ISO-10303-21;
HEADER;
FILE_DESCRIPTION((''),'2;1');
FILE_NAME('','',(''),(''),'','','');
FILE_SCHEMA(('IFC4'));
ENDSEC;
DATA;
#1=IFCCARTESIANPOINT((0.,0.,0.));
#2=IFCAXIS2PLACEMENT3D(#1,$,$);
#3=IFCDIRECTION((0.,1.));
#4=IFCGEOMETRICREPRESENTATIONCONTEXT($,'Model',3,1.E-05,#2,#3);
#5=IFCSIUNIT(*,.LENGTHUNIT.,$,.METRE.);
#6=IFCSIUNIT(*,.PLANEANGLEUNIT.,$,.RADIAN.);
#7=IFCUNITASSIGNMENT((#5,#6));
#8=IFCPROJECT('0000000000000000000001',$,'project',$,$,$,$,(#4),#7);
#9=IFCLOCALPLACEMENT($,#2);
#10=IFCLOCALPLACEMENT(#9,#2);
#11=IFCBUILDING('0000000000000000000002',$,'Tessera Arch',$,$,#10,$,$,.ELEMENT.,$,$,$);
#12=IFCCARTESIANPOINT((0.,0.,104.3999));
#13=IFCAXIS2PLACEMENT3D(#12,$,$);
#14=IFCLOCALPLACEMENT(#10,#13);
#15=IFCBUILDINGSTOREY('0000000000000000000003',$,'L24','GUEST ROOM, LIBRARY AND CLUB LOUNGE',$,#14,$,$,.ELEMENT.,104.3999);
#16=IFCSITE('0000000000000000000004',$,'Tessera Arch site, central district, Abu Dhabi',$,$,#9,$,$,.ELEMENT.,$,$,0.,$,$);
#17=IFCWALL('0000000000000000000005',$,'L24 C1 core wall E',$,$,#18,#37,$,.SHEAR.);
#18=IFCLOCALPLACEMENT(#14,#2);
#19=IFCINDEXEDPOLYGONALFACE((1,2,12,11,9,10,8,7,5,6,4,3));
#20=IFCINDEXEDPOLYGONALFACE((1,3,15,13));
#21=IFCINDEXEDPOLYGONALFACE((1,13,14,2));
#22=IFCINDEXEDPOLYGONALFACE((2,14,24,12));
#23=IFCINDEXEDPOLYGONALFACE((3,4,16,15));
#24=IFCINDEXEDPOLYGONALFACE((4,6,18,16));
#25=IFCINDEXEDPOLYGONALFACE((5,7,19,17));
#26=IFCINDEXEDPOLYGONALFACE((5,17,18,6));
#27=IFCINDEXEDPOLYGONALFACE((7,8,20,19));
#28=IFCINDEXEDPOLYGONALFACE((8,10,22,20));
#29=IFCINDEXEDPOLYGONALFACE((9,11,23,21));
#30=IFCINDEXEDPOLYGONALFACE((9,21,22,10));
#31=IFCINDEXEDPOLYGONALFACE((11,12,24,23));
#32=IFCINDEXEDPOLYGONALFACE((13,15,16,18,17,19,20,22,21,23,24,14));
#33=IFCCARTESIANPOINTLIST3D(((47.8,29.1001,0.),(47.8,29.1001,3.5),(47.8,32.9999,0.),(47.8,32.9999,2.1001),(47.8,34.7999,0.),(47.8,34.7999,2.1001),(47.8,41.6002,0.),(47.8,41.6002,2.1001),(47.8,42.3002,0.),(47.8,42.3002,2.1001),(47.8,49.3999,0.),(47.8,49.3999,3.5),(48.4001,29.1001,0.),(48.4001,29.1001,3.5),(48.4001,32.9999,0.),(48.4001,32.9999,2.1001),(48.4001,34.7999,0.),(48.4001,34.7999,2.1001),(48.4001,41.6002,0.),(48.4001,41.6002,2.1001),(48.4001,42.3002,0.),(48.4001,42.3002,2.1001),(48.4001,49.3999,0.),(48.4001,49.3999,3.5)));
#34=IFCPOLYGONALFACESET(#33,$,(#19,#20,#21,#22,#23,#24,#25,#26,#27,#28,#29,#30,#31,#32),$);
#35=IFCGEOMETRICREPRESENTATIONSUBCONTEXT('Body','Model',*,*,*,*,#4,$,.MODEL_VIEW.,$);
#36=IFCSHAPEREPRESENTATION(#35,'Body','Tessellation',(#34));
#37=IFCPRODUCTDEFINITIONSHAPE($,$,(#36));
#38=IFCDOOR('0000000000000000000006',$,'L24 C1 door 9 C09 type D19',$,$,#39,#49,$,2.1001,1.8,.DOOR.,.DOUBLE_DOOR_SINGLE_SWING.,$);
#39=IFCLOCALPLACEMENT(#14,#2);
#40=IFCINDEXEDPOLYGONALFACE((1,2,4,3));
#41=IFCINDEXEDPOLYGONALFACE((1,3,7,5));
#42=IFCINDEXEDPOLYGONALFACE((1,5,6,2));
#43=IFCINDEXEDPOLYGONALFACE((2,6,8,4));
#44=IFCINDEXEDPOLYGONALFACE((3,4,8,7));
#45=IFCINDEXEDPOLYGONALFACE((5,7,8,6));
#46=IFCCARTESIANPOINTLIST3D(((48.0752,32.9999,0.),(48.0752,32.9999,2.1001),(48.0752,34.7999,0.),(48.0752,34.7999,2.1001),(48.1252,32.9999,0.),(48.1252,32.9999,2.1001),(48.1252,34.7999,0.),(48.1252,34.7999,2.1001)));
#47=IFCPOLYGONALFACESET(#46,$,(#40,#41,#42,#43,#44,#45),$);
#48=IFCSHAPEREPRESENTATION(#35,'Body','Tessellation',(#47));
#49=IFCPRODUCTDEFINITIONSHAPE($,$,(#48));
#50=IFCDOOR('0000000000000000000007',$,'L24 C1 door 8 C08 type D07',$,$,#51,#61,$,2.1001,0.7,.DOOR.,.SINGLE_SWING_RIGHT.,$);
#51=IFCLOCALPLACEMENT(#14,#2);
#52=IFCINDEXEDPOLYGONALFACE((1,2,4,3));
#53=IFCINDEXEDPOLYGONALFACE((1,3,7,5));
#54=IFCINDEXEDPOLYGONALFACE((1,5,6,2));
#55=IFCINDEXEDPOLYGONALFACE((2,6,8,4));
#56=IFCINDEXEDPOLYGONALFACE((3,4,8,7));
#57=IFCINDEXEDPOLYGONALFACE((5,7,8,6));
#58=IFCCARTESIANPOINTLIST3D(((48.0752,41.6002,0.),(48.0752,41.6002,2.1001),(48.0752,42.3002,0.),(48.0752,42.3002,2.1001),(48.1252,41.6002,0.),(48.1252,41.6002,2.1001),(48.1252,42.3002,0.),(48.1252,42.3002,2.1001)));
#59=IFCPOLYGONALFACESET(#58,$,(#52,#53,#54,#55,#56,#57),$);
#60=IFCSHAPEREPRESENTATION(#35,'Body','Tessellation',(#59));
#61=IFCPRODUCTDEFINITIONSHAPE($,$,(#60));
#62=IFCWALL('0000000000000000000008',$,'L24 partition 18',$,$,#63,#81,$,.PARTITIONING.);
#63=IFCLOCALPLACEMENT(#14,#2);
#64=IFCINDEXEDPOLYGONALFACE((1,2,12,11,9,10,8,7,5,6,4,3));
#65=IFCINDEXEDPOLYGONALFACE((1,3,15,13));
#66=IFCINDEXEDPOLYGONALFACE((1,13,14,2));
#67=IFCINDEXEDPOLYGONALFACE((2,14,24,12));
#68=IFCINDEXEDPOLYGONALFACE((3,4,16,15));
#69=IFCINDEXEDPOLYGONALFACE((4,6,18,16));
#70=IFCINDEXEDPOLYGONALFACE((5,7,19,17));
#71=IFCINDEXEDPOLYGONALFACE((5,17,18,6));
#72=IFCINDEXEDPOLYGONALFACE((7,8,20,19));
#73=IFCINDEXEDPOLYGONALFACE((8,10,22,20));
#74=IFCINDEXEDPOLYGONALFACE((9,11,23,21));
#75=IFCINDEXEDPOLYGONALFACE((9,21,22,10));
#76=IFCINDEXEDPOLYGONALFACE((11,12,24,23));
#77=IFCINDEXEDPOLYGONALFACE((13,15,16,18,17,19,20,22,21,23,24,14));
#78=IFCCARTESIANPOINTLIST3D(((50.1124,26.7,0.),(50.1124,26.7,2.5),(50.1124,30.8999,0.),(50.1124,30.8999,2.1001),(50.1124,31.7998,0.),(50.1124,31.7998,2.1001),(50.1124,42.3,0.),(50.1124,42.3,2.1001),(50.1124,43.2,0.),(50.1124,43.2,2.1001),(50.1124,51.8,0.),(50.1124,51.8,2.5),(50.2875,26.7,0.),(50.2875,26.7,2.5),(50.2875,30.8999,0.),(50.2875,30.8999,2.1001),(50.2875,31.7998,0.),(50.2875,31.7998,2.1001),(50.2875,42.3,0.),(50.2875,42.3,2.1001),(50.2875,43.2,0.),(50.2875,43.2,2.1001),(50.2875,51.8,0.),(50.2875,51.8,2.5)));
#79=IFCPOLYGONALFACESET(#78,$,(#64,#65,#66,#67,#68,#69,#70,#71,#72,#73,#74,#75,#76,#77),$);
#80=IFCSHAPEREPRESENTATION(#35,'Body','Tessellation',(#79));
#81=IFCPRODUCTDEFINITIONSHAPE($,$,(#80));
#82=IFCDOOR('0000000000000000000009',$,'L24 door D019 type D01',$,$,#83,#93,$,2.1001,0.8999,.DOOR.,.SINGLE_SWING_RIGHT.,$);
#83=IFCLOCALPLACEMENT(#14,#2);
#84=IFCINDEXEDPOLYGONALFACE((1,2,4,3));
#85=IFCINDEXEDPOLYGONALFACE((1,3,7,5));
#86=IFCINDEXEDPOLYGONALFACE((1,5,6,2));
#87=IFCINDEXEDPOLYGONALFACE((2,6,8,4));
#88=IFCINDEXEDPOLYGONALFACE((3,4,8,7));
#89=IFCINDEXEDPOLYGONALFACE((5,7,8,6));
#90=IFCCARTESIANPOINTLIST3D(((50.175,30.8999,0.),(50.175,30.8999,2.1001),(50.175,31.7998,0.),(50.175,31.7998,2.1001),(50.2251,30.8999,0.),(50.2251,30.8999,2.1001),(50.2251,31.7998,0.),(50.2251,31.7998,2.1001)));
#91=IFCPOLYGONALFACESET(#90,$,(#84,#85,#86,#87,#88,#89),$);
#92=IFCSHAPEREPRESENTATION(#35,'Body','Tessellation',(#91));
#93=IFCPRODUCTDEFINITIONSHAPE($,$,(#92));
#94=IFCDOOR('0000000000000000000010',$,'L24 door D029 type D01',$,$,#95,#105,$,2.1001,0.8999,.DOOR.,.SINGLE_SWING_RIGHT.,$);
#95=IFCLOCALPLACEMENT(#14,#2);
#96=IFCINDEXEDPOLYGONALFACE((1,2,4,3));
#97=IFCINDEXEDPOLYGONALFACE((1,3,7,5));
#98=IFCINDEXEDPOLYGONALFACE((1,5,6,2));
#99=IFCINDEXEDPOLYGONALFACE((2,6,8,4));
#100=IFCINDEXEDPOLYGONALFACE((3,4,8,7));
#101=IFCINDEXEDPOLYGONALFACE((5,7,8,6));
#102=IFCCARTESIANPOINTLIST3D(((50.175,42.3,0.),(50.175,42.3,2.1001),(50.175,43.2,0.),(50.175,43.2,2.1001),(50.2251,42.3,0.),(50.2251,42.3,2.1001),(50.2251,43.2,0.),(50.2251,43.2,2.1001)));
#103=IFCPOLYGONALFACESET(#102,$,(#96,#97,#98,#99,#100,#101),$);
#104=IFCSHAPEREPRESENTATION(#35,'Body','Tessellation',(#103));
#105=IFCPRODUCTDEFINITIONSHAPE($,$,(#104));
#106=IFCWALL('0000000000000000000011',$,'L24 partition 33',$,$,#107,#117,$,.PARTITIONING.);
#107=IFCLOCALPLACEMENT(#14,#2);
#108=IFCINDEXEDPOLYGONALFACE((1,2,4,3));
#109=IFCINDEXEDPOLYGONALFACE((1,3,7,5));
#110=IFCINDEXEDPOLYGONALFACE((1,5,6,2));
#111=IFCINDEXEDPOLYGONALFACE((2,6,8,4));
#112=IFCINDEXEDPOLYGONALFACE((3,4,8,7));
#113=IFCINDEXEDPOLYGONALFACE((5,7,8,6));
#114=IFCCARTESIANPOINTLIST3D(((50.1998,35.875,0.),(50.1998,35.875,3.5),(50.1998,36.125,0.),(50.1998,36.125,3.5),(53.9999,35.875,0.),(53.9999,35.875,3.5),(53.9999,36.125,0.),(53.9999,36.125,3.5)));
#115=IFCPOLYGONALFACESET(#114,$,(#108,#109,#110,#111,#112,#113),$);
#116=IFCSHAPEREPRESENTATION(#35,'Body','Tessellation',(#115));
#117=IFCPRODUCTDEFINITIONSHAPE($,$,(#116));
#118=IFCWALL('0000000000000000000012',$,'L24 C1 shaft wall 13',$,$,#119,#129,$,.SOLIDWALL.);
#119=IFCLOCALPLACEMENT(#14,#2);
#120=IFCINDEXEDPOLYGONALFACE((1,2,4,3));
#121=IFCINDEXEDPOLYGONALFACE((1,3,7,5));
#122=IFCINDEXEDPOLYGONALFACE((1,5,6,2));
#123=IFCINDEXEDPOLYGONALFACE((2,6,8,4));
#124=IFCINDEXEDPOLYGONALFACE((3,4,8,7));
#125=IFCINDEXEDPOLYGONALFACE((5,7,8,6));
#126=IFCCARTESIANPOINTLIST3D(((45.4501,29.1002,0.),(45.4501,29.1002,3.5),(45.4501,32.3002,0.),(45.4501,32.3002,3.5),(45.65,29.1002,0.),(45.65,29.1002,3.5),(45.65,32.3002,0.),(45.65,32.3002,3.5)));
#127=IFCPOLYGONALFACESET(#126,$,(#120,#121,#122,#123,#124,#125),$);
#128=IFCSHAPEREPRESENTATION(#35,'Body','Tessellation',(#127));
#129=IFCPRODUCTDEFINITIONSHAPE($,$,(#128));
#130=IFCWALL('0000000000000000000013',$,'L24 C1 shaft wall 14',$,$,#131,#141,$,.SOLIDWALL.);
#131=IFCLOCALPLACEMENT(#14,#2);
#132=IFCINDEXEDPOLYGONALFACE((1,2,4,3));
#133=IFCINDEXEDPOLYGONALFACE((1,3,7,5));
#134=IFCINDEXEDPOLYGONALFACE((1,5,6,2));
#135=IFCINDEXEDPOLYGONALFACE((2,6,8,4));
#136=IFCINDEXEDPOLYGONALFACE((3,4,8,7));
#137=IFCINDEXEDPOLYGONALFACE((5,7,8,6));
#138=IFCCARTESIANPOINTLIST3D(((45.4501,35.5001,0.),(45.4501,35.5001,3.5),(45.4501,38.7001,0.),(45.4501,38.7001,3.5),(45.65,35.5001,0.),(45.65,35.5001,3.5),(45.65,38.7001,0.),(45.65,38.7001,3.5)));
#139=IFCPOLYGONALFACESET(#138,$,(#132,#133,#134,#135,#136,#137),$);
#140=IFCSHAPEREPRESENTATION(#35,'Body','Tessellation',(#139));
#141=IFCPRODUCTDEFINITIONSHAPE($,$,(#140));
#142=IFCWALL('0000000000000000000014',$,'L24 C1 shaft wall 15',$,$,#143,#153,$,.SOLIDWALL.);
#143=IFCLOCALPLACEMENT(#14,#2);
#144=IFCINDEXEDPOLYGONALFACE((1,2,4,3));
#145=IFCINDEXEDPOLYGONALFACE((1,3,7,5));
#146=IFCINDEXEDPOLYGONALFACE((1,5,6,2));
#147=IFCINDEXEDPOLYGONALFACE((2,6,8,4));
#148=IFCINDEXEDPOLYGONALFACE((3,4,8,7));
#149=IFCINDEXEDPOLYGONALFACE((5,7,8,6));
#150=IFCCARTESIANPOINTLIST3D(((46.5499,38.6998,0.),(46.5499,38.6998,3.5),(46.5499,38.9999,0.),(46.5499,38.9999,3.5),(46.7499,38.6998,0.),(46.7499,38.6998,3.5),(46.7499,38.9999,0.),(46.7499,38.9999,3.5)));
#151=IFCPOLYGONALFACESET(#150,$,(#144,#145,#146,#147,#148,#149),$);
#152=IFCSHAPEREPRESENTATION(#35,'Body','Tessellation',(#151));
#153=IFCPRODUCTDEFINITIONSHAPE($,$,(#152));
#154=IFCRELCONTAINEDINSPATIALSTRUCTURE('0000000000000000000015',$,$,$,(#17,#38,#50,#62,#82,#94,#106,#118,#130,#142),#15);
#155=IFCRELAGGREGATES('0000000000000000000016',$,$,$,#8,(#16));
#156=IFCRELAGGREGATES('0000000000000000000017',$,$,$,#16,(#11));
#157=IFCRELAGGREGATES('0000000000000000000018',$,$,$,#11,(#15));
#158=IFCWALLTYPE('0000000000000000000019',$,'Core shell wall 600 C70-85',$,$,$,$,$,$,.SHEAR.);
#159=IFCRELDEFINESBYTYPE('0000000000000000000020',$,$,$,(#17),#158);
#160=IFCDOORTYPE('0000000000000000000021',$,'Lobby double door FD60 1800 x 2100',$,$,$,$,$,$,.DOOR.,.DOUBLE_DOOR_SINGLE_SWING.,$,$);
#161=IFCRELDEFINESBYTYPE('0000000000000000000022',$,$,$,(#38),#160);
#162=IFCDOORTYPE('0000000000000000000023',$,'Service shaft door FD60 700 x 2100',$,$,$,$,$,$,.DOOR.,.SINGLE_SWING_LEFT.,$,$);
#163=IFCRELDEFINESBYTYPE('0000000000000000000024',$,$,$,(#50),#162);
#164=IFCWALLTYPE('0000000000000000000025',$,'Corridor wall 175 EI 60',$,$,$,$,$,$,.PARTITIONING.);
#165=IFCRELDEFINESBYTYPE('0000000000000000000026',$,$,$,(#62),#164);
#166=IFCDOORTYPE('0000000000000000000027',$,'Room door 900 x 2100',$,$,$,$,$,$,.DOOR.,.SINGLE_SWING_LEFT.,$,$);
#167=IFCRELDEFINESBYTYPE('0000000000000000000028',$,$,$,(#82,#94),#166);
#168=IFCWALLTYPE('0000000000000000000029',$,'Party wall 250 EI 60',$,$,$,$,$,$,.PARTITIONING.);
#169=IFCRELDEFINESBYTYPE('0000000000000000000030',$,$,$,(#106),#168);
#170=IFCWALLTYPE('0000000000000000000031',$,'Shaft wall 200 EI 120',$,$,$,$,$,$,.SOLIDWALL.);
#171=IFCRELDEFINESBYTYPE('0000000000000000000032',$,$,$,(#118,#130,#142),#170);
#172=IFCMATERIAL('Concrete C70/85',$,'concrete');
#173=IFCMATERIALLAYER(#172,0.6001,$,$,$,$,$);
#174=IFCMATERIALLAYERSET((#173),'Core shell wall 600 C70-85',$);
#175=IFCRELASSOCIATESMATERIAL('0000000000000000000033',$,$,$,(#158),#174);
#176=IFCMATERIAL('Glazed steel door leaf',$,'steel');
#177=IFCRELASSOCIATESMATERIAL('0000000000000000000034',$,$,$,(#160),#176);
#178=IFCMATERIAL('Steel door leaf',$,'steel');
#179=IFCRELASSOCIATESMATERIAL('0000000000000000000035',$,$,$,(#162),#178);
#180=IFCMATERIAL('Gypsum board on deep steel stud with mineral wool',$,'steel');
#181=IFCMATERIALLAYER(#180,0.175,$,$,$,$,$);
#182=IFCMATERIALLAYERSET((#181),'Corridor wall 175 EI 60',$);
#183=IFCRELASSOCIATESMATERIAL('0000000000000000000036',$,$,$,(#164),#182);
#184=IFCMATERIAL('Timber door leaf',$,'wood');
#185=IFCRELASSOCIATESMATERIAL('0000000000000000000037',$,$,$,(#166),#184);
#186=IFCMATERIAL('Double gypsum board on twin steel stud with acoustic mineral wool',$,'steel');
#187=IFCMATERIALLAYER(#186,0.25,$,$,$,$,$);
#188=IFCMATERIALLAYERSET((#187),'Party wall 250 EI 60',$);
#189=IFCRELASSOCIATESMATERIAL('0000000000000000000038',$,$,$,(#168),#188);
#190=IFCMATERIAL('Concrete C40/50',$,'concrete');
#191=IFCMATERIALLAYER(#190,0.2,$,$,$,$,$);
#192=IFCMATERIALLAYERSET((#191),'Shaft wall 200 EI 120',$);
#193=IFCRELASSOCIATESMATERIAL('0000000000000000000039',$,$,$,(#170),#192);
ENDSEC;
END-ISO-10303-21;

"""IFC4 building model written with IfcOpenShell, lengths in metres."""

from ifc_helpers import new_model, si_unit, direction, frame, frame_2d, origin, place, context, subcontext, project, spatial, rectangle, extrude, material, layer, layer_set, type_object, element, fill, save


model = new_model("IFC4")

# Units and contexts
model_context = context("Model", 3, precision=1e-05, world=origin(), true_north=direction((0.0, 1.0)))
body_context = subcontext(model_context, "Body", "Model", "MODEL_VIEW")
ifc_project = project(units=[si_unit("LENGTHUNIT", "METRE"), si_unit("PLANEANGLEUNIT", "RADIAN")], contexts=[model_context])

# Site, building, storey
site_placement = place(None, origin())
site = spatial("IfcSite", under=ifc_project, at=site_placement, Name="Tessera Arch site, central district, Abu Dhabi", CompositionType="ELEMENT", RefElevation=0.0)
building_placement = place(site_placement, origin())
building = spatial("IfcBuilding", under=site, at=building_placement, Name="Tessera Arch", CompositionType="ELEMENT")
storey_placement = place(building_placement, frame((0.0, 0.0, 104.3999)))
storey = spatial("IfcBuildingStorey", under=building, at=storey_placement, Name="L24", Description="GUEST ROOM, LIBRARY AND CLUB LOUNGE", CompositionType="ELEMENT", Elevation=104.3999)

# Walls, openings, doors
ifc_material_1 = material(Name="Concrete C70/85", Category="concrete")
ifc_layer_1 = layer(ifc_material_1, 0.6001)
ifc_layer_set_1 = layer_set([ifc_layer_1], Name="Core shell wall 600 C70-85")
wall_type_1 = type_object("IfcWallType", Name="Core shell wall 600 C70-85", PredefinedType="SHEAR", material=ifc_layer_set_1)
wall_1_placement = place(storey_placement, frame((48.1001, 29.1001, 0.0), z_axis=(0.0, 0.0, 1.0), x_axis=(0.0, 1.0, 0.0)))
wall_1 = element("IfcWall", 1, at=wall_1_placement, inside=storey, type_object=wall_type_1, Name="L24 C1 core wall E", PredefinedType="SHEAR", context=body_context, shape_type="SweptSolid", body=[
    extrude(rectangle(XDim=20.2998, YDim=0.6001, at=frame_2d((10.1499, 0.0))), origin(), (0.0, 0.0, 1.0), 3.5),
])
opening_1_placement = place(wall_1_placement, frame((12.5, 0.0, 0.0)))
opening_1 = element("IfcOpeningElement", 2, at=opening_1_placement, cuts=wall_1, PredefinedType="OPENING", context=body_context, shape_type="SweptSolid", body=[
    extrude(rectangle(XDim=0.7, YDim=2.1001, at=frame_2d((0.3501, 1.05))), frame((0.0, 0.3101, 0.0), z_axis=(0.0, -1.0, 0.0), x_axis=(1.0, 0.0, 0.0)), (0.0, 0.0, 1.0), 0.6201),
])
opening_2_placement = place(wall_1_placement, frame((3.8999, 0.0, 0.0)))
opening_2 = element("IfcOpeningElement", 3, at=opening_2_placement, cuts=wall_1, PredefinedType="OPENING", context=body_context, shape_type="SweptSolid", body=[
    extrude(rectangle(XDim=1.8, YDim=2.1001, at=frame_2d((0.8999, 1.05))), frame((0.0, 0.3101, 0.0), z_axis=(0.0, -1.0, 0.0), x_axis=(1.0, 0.0, 0.0)), (0.0, 0.0, 1.0), 0.6201),
])
ifc_material_2 = material(Name="Glazed steel door leaf", Category="steel")
door_type_1 = type_object("IfcDoorType", Name="Lobby double door FD60 1800 x 2100", OperationType="DOUBLE_DOOR_SINGLE_SWING", PredefinedType="DOOR", material=ifc_material_2)
door_1_placement = place(opening_2_placement, origin())
door_1 = element("IfcDoor", 4, at=door_1_placement, inside=storey, type_object=door_type_1, Name="L24 C1 door 9 C09 type D19", OperationType="DOUBLE_DOOR_SINGLE_SWING", OverallHeight=2.1001, OverallWidth=1.8, PredefinedType="DOOR", context=body_context, shape_type="SweptSolid", body=[
    extrude(rectangle(XDim=1.8, YDim=2.1001, at=frame_2d((0.8999, 1.05))), frame((0.0, 0.0249, 0.0), z_axis=(0.0, -1.0, 0.0), x_axis=(1.0, 0.0, 0.0)), (0.0, 0.0, 1.0), 0.05),
])
fill(opening_2, door_1)
ifc_material_3 = material(Name="Steel door leaf", Category="steel")
door_type_2 = type_object("IfcDoorType", Name="Service shaft door FD60 700 x 2100", OperationType="SINGLE_SWING_LEFT", PredefinedType="DOOR", material=ifc_material_3)
door_2_placement = place(opening_1_placement, origin())
door_2 = element("IfcDoor", 5, at=door_2_placement, inside=storey, type_object=door_type_2, Name="L24 C1 door 8 C08 type D07", OperationType="SINGLE_SWING_RIGHT", OverallHeight=2.1001, OverallWidth=0.7, PredefinedType="DOOR", context=body_context, shape_type="SweptSolid", body=[
    extrude(rectangle(XDim=0.7, YDim=2.1001, at=frame_2d((0.3501, 1.05))), frame((0.0, 0.0249, 0.0), z_axis=(0.0, -1.0, 0.0), x_axis=(1.0, 0.0, 0.0)), (0.0, 0.0, 1.0), 0.05),
])
fill(opening_1, door_2)
ifc_material_4 = material(Name="Gypsum board on deep steel stud with mineral wool", Category="steel")
ifc_layer_2 = layer(ifc_material_4, 0.175)
ifc_layer_set_2 = layer_set([ifc_layer_2], Name="Corridor wall 175 EI 60")
wall_type_2 = type_object("IfcWallType", Name="Corridor wall 175 EI 60", PredefinedType="PARTITIONING", material=ifc_layer_set_2)
wall_2_placement = place(storey_placement, frame((50.2, 26.7, 0.0), z_axis=(0.0, 0.0, 1.0), x_axis=(0.0, 1.0, 0.0)))
wall_2 = element("IfcWall", 6, at=wall_2_placement, inside=storey, type_object=wall_type_2, Name="L24 partition 18", PredefinedType="PARTITIONING", context=body_context, shape_type="SweptSolid", body=[
    extrude(rectangle(XDim=25.1001, YDim=0.175, at=frame_2d((12.55, 0.0))), origin(), (0.0, 0.0, 1.0), 2.5),
])
opening_3_placement = place(wall_2_placement, frame((4.2, 0.0, 0.0)))
opening_3 = element("IfcOpeningElement", 7, at=opening_3_placement, cuts=wall_2, PredefinedType="OPENING", context=body_context, shape_type="SweptSolid", body=[
    extrude(rectangle(XDim=0.8999, YDim=2.1001, at=frame_2d((0.45, 1.05))), frame((0.0, 0.0974, 0.0), z_axis=(0.0, -1.0, 0.0), x_axis=(1.0, 0.0, 0.0)), (0.0, 0.0, 1.0), 0.1951),
])
opening_4_placement = place(wall_2_placement, frame((15.6001, 0.0, 0.0)))
opening_4 = element("IfcOpeningElement", 8, at=opening_4_placement, cuts=wall_2, PredefinedType="OPENING", context=body_context, shape_type="SweptSolid", body=[
    extrude(rectangle(XDim=0.8999, YDim=2.1001, at=frame_2d((0.45, 1.05))), frame((0.0, 0.0974, 0.0), z_axis=(0.0, -1.0, 0.0), x_axis=(1.0, 0.0, 0.0)), (0.0, 0.0, 1.0), 0.1951),
])
ifc_material_5 = material(Name="Timber door leaf", Category="wood")
door_type_3 = type_object("IfcDoorType", Name="Room door 900 x 2100", OperationType="SINGLE_SWING_LEFT", PredefinedType="DOOR", material=ifc_material_5)
door_3_placement = place(opening_3_placement, origin())
door_3 = element("IfcDoor", 9, at=door_3_placement, inside=storey, type_object=door_type_3, Name="L24 door D019 type D01", OperationType="SINGLE_SWING_RIGHT", OverallHeight=2.1001, OverallWidth=0.8999, PredefinedType="DOOR", context=body_context, shape_type="SweptSolid", body=[
    extrude(rectangle(XDim=0.8999, YDim=2.1001, at=frame_2d((0.45, 1.05))), frame((0.0, 0.0249, 0.0), z_axis=(0.0, -1.0, 0.0), x_axis=(1.0, 0.0, 0.0)), (0.0, 0.0, 1.0), 0.05),
])
fill(opening_3, door_3)
door_4_placement = place(opening_4_placement, origin())
door_4 = element("IfcDoor", 10, at=door_4_placement, inside=storey, type_object=door_type_3, Name="L24 door D029 type D01", OperationType="SINGLE_SWING_RIGHT", OverallHeight=2.1001, OverallWidth=0.8999, PredefinedType="DOOR", context=body_context, shape_type="SweptSolid", body=[
    extrude(rectangle(XDim=0.8999, YDim=2.1001, at=frame_2d((0.45, 1.05))), frame((0.0, 0.0249, 0.0), z_axis=(0.0, -1.0, 0.0), x_axis=(1.0, 0.0, 0.0)), (0.0, 0.0, 1.0), 0.05),
])
fill(opening_4, door_4)

# Walls
ifc_material_6 = material(Name="Double gypsum board on twin steel stud with acoustic mineral wool", Category="steel")
ifc_layer_3 = layer(ifc_material_6, 0.25)
ifc_layer_set_3 = layer_set([ifc_layer_3], Name="Party wall 250 EI 60")
wall_type_3 = type_object("IfcWallType", Name="Party wall 250 EI 60", PredefinedType="PARTITIONING", material=ifc_layer_set_3)
wall_3_placement = place(storey_placement, frame((50.2, 36.0, 0.0), z_axis=(0.0, 0.0, 1.0), x_axis=(1.0, 0.0, 0.0)))
element("IfcWall", 11, at=wall_3_placement, inside=storey, type_object=wall_type_3, Name="L24 partition 33", PredefinedType="PARTITIONING", context=body_context, shape_type="SweptSolid", body=[
    extrude(rectangle(XDim=3.8, YDim=0.25, at=frame_2d((1.8999, 0.0))), origin(), (0.0, 0.0, 1.0), 3.5),
])
ifc_material_7 = material(Name="Concrete C40/50", Category="concrete")
ifc_layer_4 = layer(ifc_material_7, 0.2)
ifc_layer_set_4 = layer_set([ifc_layer_4], Name="Shaft wall 200 EI 120")
wall_type_4 = type_object("IfcWallType", Name="Shaft wall 200 EI 120", PredefinedType="SOLIDWALL", material=ifc_layer_set_4)
for number, where, z_axis, x_axis, name in (
    (12, (45.55, 29.1001, 0.0), (0.0, 0.0, 1.0), (0.0, 1.0, 0.0), "L24 C1 shaft wall 13"),
    (13, (45.55, 35.5, 0.0), (0.0, 0.0, 1.0), (0.0, 1.0, 0.0), "L24 C1 shaft wall 14"),
):
    element("IfcWall", number, at=place(storey_placement, frame(where, z_axis=z_axis, x_axis=x_axis)), inside=storey, type_object=wall_type_4, Name=name, PredefinedType="SOLIDWALL", context=body_context, shape_type="SweptSolid", body=[
        extrude(rectangle(XDim=3.2, YDim=0.2, at=frame_2d((1.6001, 0.0))), origin(), (0.0, 0.0, 1.0), 3.5),
    ])
wall_4_placement = place(storey_placement, frame((46.6499, 38.7, 0.0), z_axis=(0.0, 0.0, 1.0), x_axis=(0.0, 1.0, 0.0)))
element("IfcWall", 14, at=wall_4_placement, inside=storey, type_object=wall_type_4, Name="L24 C1 shaft wall 15", PredefinedType="SOLIDWALL", context=body_context, shape_type="SweptSolid", body=[
    extrude(rectangle(XDim=0.3, YDim=0.2, at=frame_2d((0.1499, 0.0))), origin(), (0.0, 0.0, 1.0), 3.5),
])

save(model, "model.ifc")
